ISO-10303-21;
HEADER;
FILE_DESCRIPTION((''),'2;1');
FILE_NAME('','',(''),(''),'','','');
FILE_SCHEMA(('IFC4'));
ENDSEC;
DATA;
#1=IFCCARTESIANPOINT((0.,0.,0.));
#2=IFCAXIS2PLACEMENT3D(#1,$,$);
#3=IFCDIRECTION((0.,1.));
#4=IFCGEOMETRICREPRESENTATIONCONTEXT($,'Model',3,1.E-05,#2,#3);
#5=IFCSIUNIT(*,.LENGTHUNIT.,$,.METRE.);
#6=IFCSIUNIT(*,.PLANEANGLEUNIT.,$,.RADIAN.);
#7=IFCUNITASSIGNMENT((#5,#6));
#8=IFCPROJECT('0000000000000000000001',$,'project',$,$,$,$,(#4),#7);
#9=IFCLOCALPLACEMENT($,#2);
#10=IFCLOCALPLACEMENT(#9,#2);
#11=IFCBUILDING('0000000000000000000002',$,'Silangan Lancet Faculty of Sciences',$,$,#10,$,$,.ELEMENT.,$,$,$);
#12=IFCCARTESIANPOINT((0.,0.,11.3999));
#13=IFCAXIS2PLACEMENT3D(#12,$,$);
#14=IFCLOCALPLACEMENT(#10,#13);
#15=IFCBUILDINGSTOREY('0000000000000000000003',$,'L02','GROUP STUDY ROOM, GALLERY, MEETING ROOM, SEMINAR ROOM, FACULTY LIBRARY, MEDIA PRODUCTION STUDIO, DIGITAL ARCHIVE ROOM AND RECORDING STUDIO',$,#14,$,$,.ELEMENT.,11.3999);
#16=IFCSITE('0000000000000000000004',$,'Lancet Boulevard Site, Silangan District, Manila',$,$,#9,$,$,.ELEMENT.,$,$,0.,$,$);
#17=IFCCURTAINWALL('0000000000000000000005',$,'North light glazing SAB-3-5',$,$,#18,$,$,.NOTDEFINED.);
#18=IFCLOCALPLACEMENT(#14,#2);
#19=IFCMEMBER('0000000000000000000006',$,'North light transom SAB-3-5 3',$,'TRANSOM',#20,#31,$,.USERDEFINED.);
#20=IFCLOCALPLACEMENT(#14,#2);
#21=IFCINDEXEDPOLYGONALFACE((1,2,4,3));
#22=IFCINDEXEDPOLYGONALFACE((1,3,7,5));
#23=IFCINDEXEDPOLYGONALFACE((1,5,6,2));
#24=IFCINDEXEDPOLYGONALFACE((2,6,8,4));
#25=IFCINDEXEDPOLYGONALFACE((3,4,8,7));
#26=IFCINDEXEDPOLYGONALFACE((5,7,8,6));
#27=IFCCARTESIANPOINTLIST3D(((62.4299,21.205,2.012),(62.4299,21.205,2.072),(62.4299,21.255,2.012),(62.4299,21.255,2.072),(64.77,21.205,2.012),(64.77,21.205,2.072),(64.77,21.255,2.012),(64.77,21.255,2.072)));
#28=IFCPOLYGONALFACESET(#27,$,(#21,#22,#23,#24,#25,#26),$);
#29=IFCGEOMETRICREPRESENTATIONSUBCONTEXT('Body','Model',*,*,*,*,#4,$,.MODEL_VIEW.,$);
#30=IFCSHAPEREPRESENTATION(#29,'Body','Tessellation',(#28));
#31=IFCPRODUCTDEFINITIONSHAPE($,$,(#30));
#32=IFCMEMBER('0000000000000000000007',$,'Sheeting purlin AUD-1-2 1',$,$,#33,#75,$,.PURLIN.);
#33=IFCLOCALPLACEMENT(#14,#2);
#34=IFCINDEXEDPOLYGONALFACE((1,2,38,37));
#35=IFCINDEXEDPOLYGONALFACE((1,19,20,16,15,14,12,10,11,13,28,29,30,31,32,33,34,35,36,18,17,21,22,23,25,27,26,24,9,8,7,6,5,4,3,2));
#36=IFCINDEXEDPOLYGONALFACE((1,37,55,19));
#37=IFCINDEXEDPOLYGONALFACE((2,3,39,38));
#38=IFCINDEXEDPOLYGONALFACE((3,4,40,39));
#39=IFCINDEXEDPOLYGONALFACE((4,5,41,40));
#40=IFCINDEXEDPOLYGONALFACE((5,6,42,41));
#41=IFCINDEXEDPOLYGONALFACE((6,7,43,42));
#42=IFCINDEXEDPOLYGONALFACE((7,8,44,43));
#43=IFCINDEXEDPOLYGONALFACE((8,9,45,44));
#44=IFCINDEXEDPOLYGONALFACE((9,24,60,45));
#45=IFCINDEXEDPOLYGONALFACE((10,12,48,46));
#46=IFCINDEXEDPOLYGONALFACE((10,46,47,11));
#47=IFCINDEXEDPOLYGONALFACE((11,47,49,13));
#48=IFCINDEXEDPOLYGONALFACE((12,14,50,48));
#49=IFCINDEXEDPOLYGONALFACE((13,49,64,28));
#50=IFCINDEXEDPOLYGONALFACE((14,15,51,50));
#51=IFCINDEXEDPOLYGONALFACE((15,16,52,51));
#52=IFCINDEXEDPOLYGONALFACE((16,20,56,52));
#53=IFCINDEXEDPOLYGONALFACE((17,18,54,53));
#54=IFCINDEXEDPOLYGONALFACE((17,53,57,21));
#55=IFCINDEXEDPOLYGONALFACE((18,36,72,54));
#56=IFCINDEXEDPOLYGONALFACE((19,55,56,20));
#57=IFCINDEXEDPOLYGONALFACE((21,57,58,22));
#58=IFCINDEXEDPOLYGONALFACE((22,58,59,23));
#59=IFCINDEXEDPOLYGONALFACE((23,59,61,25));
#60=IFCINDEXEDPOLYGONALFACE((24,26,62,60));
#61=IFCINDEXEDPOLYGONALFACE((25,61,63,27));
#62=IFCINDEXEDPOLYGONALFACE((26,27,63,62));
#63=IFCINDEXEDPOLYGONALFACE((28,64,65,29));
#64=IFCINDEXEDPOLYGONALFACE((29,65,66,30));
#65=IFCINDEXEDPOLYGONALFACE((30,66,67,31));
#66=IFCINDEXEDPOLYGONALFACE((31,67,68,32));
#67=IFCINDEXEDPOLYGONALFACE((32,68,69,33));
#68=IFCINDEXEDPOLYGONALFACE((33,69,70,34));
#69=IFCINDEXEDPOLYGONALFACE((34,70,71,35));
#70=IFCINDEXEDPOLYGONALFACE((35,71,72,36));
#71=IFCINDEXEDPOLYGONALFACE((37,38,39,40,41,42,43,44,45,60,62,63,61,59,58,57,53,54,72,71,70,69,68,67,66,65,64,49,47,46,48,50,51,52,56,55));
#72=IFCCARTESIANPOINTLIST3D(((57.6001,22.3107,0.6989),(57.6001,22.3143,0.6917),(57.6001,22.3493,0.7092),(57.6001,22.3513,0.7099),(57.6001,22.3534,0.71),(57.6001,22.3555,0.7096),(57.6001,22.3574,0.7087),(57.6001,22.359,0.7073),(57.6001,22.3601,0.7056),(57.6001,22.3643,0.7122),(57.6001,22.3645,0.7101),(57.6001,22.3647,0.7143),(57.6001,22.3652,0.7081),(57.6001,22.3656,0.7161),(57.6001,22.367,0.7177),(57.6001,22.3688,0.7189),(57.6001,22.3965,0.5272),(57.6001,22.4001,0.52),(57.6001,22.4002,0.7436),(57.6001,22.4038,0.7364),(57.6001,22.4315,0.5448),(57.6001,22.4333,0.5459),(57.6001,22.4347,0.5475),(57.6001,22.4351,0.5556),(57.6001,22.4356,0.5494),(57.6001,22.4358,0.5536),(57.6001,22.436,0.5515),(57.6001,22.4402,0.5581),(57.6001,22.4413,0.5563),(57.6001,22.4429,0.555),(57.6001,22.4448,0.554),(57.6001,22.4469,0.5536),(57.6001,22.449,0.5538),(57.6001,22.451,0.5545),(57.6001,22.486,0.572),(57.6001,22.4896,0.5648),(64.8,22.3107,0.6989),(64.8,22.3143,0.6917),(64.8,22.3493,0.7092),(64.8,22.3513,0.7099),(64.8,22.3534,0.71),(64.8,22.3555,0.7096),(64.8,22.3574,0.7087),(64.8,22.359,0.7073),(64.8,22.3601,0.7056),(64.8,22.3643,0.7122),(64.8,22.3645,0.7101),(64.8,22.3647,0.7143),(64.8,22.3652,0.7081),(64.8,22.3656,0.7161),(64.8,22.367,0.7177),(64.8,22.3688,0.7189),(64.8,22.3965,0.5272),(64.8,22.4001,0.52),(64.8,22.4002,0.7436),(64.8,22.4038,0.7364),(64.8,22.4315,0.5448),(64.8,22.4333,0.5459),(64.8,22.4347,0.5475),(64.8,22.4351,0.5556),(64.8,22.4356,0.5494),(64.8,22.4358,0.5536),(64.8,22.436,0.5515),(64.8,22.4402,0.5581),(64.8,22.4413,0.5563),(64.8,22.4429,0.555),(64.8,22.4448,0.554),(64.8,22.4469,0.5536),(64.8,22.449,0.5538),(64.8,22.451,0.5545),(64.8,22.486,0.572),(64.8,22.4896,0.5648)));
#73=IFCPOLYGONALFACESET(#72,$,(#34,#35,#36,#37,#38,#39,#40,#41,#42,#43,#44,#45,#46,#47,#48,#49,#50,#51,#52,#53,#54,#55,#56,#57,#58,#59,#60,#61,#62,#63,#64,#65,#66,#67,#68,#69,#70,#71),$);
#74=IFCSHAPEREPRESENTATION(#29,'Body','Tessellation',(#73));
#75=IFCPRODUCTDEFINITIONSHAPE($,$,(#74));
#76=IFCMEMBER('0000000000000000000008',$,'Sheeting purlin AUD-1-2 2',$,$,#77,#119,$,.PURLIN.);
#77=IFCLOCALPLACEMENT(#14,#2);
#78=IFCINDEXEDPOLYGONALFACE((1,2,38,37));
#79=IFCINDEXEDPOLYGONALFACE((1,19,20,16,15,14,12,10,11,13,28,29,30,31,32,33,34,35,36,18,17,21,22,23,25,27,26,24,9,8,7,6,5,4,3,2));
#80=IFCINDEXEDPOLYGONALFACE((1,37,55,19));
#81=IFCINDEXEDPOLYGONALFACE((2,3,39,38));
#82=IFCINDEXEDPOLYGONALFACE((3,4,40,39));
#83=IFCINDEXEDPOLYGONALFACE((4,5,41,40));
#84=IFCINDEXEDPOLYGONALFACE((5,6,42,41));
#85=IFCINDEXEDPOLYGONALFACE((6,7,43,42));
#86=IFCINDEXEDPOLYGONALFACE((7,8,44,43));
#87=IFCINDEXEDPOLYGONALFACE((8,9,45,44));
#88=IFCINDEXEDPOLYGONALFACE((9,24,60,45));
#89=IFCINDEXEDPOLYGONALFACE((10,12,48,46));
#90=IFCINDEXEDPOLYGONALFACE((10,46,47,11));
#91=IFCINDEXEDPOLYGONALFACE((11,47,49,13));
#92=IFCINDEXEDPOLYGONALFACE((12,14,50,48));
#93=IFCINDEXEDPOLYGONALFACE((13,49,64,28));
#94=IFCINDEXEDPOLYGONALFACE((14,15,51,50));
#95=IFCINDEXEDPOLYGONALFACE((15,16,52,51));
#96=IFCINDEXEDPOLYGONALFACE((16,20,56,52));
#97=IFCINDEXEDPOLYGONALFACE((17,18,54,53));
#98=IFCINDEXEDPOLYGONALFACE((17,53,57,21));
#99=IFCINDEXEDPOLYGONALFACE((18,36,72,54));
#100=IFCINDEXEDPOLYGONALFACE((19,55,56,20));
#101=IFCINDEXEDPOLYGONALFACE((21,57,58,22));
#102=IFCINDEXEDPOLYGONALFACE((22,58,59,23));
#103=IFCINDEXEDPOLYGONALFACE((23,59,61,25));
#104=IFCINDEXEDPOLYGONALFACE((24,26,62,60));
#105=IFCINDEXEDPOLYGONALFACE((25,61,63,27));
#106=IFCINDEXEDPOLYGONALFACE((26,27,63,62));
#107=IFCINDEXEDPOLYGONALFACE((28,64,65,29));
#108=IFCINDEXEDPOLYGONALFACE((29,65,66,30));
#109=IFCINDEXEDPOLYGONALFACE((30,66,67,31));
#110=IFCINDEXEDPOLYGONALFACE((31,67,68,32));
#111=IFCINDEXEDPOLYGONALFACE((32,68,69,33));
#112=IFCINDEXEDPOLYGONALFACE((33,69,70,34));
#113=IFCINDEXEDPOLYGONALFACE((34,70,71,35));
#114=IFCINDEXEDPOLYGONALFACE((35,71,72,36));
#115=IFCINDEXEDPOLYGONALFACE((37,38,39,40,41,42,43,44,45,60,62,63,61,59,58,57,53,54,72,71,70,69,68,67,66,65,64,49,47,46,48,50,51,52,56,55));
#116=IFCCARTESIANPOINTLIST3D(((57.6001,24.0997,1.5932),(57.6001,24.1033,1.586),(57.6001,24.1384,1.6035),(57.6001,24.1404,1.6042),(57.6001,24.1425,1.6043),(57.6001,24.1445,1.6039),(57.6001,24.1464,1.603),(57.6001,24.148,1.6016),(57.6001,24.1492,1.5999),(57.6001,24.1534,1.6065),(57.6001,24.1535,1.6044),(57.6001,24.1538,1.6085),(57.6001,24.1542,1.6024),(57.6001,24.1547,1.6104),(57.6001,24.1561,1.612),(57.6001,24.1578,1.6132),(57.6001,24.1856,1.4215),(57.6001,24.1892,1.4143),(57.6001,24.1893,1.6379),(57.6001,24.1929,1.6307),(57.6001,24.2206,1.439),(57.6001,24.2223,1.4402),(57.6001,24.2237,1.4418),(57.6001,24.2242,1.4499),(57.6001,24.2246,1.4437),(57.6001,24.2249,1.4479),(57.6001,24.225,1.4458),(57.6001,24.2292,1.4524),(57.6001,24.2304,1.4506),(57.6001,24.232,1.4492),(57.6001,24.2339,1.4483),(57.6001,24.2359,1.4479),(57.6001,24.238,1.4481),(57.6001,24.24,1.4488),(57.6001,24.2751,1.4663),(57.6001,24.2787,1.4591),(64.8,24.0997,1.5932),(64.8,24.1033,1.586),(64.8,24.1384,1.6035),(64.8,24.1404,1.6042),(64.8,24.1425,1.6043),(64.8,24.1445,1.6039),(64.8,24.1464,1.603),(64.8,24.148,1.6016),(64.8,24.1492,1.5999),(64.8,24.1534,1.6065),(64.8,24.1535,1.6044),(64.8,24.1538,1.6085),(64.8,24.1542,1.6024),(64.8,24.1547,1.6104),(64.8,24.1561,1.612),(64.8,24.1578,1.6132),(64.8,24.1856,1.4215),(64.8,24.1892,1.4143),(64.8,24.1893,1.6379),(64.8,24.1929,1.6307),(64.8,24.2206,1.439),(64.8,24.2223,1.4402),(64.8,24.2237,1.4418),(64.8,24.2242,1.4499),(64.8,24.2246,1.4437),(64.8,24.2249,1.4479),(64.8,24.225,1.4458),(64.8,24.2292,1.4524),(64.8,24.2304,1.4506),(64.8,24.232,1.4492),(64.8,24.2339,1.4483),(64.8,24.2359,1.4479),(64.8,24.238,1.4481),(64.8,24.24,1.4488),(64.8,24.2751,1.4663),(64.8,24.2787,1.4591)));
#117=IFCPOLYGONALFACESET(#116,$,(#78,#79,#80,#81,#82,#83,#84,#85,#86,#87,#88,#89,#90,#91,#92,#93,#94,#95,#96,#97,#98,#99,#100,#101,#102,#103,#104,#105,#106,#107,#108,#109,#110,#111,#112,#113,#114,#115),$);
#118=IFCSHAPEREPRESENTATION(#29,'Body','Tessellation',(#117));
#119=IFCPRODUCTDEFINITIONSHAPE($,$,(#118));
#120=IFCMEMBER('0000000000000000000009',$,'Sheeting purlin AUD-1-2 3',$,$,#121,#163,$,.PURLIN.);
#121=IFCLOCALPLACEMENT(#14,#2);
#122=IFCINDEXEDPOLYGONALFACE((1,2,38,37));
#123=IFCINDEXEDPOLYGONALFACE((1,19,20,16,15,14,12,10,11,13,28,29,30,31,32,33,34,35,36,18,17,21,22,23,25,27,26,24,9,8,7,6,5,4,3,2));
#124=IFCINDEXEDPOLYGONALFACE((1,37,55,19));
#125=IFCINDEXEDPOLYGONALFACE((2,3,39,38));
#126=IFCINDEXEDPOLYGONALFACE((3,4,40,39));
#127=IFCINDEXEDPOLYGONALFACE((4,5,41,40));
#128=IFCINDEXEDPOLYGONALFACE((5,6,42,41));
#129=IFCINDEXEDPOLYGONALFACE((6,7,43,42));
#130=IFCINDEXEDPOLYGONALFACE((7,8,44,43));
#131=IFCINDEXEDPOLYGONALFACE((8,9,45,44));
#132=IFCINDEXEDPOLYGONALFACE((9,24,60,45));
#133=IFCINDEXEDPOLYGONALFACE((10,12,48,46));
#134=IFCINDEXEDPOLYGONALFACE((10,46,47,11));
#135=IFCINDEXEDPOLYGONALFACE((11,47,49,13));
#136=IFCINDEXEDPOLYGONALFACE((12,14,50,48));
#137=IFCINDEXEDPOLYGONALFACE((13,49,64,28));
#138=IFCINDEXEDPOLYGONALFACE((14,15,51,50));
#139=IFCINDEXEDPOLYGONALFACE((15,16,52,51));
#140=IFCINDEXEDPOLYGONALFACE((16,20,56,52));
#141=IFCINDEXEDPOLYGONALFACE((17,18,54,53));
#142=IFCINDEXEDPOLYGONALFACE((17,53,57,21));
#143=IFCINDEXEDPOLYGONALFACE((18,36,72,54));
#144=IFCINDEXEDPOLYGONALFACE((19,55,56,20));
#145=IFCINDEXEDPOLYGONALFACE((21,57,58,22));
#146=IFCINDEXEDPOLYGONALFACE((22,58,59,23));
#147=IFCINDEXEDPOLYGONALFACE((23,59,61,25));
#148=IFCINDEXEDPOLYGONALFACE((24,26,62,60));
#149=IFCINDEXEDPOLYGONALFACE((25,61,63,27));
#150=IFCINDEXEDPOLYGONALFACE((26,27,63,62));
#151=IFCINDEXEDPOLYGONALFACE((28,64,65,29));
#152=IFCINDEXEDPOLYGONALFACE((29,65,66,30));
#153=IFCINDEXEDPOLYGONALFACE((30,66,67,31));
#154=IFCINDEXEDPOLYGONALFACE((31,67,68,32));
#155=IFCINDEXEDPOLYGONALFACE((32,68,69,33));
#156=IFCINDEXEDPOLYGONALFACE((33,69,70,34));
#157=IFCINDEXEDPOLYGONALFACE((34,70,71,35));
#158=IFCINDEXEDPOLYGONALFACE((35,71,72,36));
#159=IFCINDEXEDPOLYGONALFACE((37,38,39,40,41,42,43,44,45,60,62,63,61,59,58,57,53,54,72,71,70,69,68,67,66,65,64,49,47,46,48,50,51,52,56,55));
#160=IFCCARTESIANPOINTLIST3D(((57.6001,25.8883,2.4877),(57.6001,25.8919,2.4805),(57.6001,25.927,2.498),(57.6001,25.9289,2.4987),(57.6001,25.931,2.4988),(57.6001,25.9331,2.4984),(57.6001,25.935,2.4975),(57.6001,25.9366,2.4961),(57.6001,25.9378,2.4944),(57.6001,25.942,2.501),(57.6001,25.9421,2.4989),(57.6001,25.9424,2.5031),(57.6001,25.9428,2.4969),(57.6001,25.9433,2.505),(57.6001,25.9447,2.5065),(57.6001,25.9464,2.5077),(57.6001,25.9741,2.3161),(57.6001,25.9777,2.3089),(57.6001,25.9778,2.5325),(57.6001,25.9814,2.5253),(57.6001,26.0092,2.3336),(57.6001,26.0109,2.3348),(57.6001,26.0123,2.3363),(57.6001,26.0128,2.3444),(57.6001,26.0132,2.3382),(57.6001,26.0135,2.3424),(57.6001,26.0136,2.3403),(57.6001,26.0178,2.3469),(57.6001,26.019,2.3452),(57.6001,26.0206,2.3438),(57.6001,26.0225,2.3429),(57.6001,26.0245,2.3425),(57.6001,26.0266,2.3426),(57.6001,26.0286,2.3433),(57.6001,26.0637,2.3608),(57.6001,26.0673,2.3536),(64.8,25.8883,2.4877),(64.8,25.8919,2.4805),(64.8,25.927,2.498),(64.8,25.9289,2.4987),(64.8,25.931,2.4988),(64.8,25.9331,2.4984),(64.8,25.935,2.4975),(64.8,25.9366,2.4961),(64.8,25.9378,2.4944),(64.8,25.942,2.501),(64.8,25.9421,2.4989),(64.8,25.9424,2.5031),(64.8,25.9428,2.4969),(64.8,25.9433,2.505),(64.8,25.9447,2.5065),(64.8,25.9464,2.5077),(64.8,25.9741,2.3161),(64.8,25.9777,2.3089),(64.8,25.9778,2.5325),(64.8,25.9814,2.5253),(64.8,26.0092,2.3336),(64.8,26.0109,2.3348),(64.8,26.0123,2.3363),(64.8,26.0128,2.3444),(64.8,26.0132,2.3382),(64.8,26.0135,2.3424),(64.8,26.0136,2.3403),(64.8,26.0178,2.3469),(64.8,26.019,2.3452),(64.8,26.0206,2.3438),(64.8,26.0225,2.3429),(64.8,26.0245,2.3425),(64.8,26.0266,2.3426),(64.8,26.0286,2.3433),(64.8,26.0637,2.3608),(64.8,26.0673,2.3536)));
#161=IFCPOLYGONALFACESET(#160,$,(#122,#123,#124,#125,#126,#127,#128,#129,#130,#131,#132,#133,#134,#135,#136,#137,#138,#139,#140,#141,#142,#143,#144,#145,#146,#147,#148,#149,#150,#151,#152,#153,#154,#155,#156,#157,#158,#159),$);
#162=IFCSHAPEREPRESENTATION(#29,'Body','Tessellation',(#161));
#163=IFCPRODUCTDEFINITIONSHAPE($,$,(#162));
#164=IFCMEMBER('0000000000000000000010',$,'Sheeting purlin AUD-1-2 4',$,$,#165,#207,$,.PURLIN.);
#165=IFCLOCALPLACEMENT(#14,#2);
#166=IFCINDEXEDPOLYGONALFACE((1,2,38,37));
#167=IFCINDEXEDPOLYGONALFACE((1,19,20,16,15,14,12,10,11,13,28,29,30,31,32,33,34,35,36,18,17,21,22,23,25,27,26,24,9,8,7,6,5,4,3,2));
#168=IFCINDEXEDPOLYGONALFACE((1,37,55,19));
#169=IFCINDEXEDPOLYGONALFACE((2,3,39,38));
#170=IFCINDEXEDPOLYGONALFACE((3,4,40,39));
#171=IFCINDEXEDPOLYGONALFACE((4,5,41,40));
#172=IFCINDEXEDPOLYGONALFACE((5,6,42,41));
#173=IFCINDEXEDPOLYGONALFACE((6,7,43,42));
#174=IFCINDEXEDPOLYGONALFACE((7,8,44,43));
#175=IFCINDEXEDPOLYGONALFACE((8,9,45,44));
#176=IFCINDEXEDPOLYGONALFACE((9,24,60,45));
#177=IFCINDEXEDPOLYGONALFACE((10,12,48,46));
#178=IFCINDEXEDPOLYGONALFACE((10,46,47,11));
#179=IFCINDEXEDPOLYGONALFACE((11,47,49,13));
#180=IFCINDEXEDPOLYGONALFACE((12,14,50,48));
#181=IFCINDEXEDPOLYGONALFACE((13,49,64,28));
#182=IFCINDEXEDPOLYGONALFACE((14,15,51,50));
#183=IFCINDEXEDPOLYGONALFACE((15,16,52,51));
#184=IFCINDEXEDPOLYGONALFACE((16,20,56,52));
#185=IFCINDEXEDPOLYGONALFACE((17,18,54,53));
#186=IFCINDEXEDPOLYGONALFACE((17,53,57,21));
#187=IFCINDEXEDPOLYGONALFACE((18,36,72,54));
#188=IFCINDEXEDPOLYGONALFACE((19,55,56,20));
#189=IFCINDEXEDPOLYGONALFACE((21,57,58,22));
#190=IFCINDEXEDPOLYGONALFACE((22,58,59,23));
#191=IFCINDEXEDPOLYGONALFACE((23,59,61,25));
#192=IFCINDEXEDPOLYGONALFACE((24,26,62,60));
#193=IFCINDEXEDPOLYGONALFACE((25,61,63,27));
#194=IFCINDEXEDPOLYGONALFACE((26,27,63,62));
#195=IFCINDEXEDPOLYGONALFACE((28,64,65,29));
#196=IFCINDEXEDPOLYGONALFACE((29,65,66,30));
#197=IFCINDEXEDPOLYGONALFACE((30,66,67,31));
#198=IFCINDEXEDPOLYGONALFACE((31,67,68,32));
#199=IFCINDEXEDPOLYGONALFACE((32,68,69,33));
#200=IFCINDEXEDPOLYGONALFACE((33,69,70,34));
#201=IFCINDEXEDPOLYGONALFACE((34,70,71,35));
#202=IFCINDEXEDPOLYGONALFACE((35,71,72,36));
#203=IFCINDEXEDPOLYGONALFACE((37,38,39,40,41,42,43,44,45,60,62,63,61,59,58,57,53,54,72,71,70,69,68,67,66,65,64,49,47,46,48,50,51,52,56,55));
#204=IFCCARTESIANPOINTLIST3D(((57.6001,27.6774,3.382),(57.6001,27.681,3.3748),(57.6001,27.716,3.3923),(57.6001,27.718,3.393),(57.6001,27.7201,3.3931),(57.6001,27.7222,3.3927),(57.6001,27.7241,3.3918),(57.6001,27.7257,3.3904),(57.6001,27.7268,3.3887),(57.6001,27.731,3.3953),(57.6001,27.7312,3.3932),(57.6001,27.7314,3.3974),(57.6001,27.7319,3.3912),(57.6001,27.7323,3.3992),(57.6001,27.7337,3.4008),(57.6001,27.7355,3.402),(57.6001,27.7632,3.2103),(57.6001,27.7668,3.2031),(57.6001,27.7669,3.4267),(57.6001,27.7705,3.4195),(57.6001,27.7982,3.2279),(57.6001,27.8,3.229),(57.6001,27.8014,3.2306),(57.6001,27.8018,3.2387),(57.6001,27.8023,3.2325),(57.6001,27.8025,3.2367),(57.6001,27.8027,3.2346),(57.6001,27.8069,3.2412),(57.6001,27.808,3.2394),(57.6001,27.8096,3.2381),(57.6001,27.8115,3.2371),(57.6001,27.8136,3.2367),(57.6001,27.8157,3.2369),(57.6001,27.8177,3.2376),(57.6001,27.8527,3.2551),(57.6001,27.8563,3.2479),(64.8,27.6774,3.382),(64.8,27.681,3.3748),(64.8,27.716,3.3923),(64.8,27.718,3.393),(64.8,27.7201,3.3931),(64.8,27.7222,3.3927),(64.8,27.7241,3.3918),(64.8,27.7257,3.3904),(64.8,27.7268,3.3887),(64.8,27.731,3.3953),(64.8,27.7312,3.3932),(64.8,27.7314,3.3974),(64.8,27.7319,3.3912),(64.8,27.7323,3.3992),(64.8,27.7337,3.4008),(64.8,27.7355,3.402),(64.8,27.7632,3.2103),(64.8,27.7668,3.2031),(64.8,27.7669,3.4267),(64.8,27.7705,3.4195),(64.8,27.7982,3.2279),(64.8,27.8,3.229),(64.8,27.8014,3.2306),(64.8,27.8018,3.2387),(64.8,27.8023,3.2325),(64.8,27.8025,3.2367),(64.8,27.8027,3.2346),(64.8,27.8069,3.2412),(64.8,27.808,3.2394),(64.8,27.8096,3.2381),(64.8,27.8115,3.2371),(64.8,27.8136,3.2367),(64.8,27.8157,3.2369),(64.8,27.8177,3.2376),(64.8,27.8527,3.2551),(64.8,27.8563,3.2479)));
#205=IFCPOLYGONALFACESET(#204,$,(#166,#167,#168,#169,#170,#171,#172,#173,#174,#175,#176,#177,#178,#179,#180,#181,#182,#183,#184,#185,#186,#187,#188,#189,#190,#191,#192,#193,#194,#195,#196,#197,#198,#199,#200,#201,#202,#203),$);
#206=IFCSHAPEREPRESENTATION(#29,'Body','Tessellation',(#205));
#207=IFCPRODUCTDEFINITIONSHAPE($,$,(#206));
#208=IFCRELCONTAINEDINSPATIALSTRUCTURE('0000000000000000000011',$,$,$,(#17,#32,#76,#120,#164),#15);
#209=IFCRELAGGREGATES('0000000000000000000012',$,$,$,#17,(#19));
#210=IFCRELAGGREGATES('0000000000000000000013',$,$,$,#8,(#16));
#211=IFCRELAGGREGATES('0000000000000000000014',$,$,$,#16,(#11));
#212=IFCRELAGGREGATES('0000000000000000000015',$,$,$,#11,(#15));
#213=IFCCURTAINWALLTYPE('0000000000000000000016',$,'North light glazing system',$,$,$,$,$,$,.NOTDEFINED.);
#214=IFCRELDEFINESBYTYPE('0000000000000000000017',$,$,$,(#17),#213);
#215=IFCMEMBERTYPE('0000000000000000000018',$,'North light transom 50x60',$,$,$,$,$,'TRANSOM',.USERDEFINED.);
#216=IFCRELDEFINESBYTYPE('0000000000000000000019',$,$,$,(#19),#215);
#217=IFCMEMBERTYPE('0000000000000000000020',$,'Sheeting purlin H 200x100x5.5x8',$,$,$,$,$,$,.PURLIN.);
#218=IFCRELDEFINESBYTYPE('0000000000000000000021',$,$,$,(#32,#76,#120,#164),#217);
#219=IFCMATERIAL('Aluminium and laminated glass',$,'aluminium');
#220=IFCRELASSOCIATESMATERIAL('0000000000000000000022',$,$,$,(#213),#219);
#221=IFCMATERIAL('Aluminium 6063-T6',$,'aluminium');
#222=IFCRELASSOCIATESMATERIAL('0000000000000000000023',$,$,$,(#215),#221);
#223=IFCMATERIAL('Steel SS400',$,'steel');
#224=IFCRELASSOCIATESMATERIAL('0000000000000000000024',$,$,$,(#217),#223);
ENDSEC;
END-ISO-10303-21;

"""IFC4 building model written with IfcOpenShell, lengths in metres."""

from ifc_helpers import new_model, si_unit, direction, frame, origin, origin_2d, place, context, subcontext, project, spatial, rectangle, i_section, extrude, material, material_profile, profile_set, type_object, element, aggregate, save


model = new_model("IFC4")

# Units and contexts
model_context = context("Model", 3, precision=1e-05, world=origin(), true_north=direction((0.0, 1.0)))
body_context = subcontext(model_context, "Body", "Model", "MODEL_VIEW")
ifc_project = project(units=[si_unit("LENGTHUNIT", "METRE"), si_unit("PLANEANGLEUNIT", "RADIAN")], contexts=[model_context])

# Site, building, storey
site_placement = place(None, origin())
site = spatial("IfcSite", under=ifc_project, at=site_placement, Name="Lancet Boulevard Site, Silangan District, Manila", CompositionType="ELEMENT", RefElevation=0.0)
building_placement = place(site_placement, origin())
building = spatial("IfcBuilding", under=site, at=building_placement, Name="Silangan Lancet Faculty of Sciences", CompositionType="ELEMENT")
storey_placement = place(building_placement, frame((0.0, 0.0, 11.3999)))
storey = spatial("IfcBuildingStorey", under=building, at=storey_placement, Name="L02", Description="GROUP STUDY ROOM, GALLERY, MEETING ROOM, SEMINAR ROOM, FACULTY LIBRARY, MEDIA PRODUCTION STUDIO, DIGITAL ARCHIVE ROOM AND RECORDING STUDIO", CompositionType="ELEMENT", Elevation=11.3999)

# Curtain wall
ifc_material_1 = material(Name="Aluminium and laminated glass", Category="aluminium")
curtain_wall_type = type_object("IfcCurtainWallType", Name="North light glazing system", PredefinedType="NOTDEFINED", material=ifc_material_1)
curtain_wall_1_placement = place(storey_placement, origin())
curtain_wall_1 = element("IfcCurtainWall", 1, at=curtain_wall_1_placement, inside=storey, type_object=curtain_wall_type, Name="North light glazing SAB-3-5", PredefinedType="NOTDEFINED")

# Member
ifc_material_2 = material(Name="Aluminium 6063-T6", Category="aluminium")
ifc_material_profile_1 = material_profile(ifc_material_2, rectangle(XDim=0.05, YDim=0.0601, at=origin_2d()), Name="AL 50x60")
ifc_profile_set_1 = profile_set([ifc_material_profile_1], Name="Aluminium 6063-T6")
member_type_1 = type_object("IfcMemberType", Name="North light transom 50x60", ElementType="TRANSOM", PredefinedType="USERDEFINED", material=ifc_profile_set_1)
member_1_placement = place(storey_placement, frame((62.4299, 21.23, 2.042), z_axis=(1.0, 0.0, 0.0), x_axis=(0.0, 1.0, 0.0)))
member_1 = element("IfcMember", 2, at=member_1_placement, type_object=member_type_1, Name="North light transom SAB-3-5 3", ObjectType="TRANSOM", PredefinedType="USERDEFINED", context=body_context, shape_type="SweptSolid", body=[
    extrude(rectangle(XDim=0.05, YDim=0.0601, at=origin_2d()), origin(), (0.0, 0.0, 1.0), 2.3401),
])

# Members
ifc_material_3 = material(Name="Steel SS400", Category="steel")
ifc_material_profile_2 = material_profile(ifc_material_3, i_section(OverallWidth=0.1001, OverallDepth=0.2, WebThickness=0.0056, FlangeThickness=0.0081, FilletRadius=0.0081, at=origin_2d()), Name="H 200x100x5.5x8")
ifc_profile_set_2 = profile_set([ifc_material_profile_2], Name="Steel SS400")
member_type_2 = type_object("IfcMemberType", Name="Sheeting purlin H 200x100x5.5x8", PredefinedType="PURLIN", material=ifc_profile_set_2)
for number, where, z_axis, x_axis, name in (
    (3, (57.6001, 22.4001, 0.6318), (1.0, 0.0, 0.0), (0.0, 0.894427, 0.447214), "Sheeting purlin AUD-1-2 1"),
    (4, (57.6001, 24.1892, 1.5261), (1.0, 0.0, 0.0), (0.0, 0.894427, 0.447214), "Sheeting purlin AUD-1-2 2"),
    (5, (57.6001, 25.9778, 2.4207), (1.0, 0.0, 0.0), (0.0, 0.894427, 0.447214), "Sheeting purlin AUD-1-2 3"),
    (6, (57.6001, 27.7668, 3.3149), (1.0, 0.0, 0.0), (0.0, 0.894427, 0.447214), "Sheeting purlin AUD-1-2 4"),
):
    element("IfcMember", number, at=place(storey_placement, frame(where, z_axis=z_axis, x_axis=x_axis)), inside=storey, type_object=member_type_2, Name=name, PredefinedType="PURLIN", context=body_context, shape_type="SweptSolid", body=[
        extrude(i_section(OverallWidth=0.1001, OverallDepth=0.2, WebThickness=0.0056, FlangeThickness=0.0081, FilletRadius=0.0081, at=origin_2d()), origin(), (0.0, 0.0, 1.0), 7.2),
    ])

aggregate(curtain_wall_1, [member_1])

save(model, "model.ifc")
